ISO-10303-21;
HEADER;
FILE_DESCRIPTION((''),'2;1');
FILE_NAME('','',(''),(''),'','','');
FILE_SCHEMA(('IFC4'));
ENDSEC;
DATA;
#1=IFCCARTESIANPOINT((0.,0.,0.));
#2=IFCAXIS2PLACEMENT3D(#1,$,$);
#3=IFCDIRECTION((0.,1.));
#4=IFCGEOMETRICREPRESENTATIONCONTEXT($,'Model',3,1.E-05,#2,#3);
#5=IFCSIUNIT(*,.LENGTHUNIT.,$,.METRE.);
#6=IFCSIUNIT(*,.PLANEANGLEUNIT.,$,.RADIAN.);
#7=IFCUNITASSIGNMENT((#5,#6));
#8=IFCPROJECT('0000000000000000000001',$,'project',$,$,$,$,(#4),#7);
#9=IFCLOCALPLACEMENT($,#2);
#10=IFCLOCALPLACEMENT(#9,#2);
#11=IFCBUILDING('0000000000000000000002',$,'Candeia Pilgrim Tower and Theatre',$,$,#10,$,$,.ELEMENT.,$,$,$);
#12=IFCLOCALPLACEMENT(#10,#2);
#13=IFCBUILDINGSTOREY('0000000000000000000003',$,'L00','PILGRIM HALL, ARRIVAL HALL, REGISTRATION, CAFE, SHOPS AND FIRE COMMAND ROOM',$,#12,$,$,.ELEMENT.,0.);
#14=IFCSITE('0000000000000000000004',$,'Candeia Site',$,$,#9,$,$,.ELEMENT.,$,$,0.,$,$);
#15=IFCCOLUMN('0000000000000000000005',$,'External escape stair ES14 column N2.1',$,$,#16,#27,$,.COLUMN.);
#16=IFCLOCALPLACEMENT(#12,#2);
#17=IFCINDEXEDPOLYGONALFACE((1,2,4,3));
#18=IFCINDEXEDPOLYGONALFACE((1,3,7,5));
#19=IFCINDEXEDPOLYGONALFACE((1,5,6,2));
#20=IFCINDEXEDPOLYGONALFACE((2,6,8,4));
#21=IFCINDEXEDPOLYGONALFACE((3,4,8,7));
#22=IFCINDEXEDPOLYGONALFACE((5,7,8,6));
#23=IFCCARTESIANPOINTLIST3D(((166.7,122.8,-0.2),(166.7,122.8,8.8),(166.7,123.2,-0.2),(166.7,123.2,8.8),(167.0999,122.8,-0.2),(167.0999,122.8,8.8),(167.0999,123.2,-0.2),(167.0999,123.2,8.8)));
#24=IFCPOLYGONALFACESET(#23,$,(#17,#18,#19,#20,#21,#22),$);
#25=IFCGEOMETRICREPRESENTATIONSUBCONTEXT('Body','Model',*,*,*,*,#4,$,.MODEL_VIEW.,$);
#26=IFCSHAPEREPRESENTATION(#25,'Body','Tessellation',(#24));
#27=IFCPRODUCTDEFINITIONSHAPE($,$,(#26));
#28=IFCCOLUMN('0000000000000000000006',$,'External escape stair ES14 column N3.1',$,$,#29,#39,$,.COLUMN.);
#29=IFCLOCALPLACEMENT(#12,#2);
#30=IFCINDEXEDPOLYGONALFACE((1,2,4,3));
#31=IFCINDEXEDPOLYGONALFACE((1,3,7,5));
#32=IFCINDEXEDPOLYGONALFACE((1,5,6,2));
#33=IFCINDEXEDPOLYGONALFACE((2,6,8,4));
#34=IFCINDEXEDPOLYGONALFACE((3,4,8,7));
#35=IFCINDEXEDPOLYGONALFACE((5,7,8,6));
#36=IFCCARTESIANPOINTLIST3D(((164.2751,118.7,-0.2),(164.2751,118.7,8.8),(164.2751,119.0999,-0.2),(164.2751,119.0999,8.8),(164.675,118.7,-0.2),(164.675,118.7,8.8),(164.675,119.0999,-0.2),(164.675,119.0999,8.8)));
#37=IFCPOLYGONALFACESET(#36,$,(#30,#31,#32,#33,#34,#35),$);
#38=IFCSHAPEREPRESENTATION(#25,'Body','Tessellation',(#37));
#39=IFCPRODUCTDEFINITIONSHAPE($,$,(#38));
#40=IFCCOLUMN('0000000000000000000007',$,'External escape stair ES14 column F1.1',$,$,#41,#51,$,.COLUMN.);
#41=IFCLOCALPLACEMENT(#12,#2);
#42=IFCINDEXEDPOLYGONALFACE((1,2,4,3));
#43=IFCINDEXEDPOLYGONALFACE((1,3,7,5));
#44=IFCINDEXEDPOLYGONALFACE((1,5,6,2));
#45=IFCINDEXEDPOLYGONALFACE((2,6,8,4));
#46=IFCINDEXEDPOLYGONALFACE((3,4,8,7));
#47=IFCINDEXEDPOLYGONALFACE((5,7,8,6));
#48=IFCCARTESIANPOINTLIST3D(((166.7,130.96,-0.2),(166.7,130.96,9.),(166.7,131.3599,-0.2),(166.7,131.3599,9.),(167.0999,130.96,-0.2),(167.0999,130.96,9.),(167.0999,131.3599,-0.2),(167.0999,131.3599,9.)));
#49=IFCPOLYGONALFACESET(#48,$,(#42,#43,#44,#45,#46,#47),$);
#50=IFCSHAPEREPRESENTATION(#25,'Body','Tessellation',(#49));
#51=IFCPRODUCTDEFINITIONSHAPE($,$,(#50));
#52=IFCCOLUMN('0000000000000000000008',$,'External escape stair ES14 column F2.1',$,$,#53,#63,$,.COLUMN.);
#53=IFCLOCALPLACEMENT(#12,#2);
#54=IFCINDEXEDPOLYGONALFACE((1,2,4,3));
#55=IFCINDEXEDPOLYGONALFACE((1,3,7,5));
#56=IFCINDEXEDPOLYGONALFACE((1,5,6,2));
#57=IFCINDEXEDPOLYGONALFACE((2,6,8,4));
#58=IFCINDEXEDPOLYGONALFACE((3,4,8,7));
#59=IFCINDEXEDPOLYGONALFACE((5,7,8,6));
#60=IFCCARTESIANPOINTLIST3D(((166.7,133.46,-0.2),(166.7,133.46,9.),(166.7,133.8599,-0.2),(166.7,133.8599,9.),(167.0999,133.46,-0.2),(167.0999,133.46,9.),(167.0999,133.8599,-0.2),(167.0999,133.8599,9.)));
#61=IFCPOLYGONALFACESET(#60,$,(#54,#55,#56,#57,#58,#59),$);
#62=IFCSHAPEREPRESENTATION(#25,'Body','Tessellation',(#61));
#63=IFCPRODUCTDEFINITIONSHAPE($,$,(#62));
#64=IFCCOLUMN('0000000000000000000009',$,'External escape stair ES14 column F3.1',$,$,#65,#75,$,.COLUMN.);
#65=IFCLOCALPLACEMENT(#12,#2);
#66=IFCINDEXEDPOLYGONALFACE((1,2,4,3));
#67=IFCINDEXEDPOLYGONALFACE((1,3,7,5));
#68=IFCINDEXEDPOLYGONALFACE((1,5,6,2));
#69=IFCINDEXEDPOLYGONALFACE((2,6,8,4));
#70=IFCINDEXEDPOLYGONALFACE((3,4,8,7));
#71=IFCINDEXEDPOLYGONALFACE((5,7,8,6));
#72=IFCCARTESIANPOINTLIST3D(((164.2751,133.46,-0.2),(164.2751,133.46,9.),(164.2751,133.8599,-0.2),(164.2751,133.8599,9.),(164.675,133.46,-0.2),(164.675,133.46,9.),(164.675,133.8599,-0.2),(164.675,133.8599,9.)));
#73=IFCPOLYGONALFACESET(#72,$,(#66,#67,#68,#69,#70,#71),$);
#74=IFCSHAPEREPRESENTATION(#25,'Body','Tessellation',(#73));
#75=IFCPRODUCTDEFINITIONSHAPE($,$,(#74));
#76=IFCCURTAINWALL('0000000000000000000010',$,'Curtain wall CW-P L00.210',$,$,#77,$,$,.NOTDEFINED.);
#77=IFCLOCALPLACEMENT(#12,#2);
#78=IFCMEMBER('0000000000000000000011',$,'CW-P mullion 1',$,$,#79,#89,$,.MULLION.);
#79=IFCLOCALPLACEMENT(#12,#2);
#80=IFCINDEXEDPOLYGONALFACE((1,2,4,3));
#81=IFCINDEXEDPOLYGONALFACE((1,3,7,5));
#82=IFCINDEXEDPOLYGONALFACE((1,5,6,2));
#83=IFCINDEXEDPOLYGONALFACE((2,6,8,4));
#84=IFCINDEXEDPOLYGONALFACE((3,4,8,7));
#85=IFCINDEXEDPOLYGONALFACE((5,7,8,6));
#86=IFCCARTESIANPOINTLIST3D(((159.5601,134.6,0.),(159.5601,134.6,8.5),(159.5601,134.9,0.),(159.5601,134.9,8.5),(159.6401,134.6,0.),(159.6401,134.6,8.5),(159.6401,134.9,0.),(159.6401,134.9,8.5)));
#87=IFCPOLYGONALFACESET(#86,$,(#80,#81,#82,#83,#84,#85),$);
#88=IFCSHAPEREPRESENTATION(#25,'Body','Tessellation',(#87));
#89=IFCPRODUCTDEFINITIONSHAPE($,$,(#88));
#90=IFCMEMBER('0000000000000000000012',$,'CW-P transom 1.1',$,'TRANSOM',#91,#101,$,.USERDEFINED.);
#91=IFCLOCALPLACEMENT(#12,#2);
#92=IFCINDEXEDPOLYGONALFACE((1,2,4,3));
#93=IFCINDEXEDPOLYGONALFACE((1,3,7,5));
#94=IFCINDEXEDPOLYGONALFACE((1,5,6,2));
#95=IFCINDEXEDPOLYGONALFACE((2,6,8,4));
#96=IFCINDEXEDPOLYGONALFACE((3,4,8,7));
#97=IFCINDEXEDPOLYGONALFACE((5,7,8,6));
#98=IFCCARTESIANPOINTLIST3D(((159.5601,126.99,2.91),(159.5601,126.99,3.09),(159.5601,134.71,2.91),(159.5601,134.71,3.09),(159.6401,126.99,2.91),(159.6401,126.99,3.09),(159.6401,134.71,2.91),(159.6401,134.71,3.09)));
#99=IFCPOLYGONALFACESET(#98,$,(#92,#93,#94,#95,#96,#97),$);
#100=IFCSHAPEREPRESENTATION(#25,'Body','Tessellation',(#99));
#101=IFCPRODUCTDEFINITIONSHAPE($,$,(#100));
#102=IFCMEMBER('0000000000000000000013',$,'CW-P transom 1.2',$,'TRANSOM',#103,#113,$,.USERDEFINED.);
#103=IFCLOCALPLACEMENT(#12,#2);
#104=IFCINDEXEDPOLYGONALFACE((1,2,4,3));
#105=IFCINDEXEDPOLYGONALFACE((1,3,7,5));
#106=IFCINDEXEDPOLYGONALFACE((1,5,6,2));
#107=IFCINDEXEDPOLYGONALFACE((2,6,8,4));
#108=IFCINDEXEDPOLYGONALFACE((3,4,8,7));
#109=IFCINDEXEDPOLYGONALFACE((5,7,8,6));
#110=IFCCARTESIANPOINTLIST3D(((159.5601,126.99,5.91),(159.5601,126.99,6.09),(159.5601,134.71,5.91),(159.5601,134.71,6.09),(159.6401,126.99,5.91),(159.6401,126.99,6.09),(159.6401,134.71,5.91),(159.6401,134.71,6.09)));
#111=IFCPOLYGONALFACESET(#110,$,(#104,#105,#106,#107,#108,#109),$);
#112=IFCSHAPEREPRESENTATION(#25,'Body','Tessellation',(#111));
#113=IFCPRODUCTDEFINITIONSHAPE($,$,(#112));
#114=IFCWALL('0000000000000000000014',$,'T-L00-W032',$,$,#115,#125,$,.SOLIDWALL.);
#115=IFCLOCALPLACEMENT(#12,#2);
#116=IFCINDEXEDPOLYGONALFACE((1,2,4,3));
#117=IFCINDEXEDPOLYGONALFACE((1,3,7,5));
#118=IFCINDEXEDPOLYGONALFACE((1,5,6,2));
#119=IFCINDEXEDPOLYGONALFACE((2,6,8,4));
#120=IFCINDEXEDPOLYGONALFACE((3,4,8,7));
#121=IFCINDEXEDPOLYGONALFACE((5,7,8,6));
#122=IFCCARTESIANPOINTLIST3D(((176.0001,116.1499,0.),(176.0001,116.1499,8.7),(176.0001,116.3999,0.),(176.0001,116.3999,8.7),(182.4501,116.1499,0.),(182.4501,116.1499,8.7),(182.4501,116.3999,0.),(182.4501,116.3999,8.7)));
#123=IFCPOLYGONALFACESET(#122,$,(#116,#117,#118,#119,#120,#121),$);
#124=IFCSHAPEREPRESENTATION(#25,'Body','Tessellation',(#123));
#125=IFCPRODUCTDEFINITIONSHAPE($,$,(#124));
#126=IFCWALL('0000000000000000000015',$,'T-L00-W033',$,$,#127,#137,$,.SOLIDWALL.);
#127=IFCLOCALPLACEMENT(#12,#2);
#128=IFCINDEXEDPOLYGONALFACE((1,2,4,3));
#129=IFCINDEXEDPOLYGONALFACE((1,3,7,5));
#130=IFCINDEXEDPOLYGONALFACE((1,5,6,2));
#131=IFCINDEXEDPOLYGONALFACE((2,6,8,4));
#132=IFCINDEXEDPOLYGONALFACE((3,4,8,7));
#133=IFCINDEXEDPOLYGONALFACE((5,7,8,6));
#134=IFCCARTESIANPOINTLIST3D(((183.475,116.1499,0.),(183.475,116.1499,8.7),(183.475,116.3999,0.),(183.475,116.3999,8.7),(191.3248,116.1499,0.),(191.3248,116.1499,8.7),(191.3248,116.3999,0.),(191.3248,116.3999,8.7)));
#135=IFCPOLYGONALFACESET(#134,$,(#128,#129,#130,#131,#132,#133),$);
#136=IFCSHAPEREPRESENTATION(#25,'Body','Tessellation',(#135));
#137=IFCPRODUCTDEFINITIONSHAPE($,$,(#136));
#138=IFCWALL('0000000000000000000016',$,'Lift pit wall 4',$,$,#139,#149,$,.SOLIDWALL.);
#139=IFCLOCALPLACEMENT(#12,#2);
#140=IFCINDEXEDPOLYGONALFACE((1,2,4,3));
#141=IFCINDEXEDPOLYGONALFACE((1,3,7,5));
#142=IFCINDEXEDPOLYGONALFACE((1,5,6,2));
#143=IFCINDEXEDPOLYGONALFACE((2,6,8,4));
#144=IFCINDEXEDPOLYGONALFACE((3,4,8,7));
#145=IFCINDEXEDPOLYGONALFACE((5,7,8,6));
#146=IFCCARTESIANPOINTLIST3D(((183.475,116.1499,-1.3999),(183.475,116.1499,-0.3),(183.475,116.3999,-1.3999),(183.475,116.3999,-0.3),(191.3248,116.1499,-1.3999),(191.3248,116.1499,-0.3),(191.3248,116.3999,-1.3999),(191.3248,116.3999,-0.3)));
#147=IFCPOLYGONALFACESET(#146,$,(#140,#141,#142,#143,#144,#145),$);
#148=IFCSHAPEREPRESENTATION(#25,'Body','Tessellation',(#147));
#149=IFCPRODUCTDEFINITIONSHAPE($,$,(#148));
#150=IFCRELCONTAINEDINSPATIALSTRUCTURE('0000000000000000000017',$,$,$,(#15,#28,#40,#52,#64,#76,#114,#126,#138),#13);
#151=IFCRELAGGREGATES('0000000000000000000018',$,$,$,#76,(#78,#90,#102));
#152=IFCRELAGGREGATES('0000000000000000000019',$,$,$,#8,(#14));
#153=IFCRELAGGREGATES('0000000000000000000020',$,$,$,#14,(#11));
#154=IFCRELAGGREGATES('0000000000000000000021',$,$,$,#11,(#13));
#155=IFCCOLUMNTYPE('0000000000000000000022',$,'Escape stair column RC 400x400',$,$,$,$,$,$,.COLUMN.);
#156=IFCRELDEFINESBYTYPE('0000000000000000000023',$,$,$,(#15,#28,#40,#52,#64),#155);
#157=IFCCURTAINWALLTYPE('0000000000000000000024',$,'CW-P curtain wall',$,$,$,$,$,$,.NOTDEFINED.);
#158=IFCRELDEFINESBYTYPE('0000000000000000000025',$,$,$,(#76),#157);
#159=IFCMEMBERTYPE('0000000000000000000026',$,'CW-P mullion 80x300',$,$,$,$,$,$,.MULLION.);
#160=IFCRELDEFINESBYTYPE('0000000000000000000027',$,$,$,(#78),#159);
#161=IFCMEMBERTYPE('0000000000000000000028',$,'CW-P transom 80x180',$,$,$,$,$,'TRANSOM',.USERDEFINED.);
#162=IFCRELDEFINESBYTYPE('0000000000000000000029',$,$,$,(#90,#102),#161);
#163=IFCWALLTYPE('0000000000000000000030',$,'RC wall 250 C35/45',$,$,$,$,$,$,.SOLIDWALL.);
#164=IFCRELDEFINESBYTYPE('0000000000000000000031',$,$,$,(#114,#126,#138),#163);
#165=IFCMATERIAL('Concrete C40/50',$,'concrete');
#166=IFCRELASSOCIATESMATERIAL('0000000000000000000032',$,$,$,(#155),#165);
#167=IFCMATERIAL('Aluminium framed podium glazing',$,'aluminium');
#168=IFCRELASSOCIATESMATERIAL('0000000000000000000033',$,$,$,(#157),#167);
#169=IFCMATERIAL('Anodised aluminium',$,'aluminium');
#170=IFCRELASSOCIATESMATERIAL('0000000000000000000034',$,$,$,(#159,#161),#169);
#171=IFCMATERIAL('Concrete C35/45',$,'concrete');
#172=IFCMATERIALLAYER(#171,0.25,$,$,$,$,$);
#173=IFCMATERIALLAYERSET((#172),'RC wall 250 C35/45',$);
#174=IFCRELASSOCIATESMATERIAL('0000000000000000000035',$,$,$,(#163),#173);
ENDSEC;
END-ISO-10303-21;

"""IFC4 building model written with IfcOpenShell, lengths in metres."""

from ifc_helpers import new_model, si_unit, direction, frame, frame_2d, origin, origin_2d, place, context, subcontext, project, spatial, rectangle, extrude, material, layer, layer_set, material_profile, profile_set, type_object, element, aggregate, save


model = new_model("IFC4")

# Units and contexts
model_context = context("Model", 3, precision=1e-05, world=origin(), true_north=direction((0.0, 1.0)))
body_context = subcontext(model_context, "Body", "Model", "MODEL_VIEW")
ifc_project = project(units=[si_unit("LENGTHUNIT", "METRE"), si_unit("PLANEANGLEUNIT", "RADIAN")], contexts=[model_context])

# Site, building, storey
site_placement = place(None, origin())
site = spatial("IfcSite", under=ifc_project, at=site_placement, Name="Candeia Site", CompositionType="ELEMENT", RefElevation=0.0)
building_placement = place(site_placement, origin())
building = spatial("IfcBuilding", under=site, at=building_placement, Name="Candeia Pilgrim Tower and Theatre", CompositionType="ELEMENT")
storey_placement = place(building_placement, origin())
storey = spatial("IfcBuildingStorey", under=building, at=storey_placement, Name="L00", Description="PILGRIM HALL, ARRIVAL HALL, REGISTRATION, CAFE, SHOPS AND FIRE COMMAND ROOM", CompositionType="ELEMENT", Elevation=0.0)

# Shared definitions
ifc_material_1 = material(Name="Concrete C40/50", Category="concrete")
ifc_material_2 = material(Name="Concrete C35/45", Category="concrete")

# Columns
ifc_material_profile_1 = material_profile(ifc_material_1, rectangle(XDim=0.3999, YDim=0.3999, at=origin_2d()))
ifc_profile_set_1 = profile_set([ifc_material_profile_1], Name="Concrete C40/50")
column_type = type_object("IfcColumnType", Name="Escape stair column RC 400x400", PredefinedType="COLUMN", material=ifc_profile_set_1)
for number, where, z_axis, x_axis, name in (
    (1, (166.8999, 123.0, -0.2), (0.0, 0.0, 1.0), (1.0, 0.0, 0.0), "External escape stair ES14 column N2.1"),
    (2, (164.4751, 118.8999, -0.2), (0.0, 0.0, 1.0), (1.0, 0.0, 0.0), "External escape stair ES14 column N3.1"),
):
    element("IfcColumn", number, at=place(storey_placement, frame(where, z_axis=z_axis, x_axis=x_axis)), inside=storey, type_object=column_type, Name=name, PredefinedType="COLUMN", context=body_context, shape_type="SweptSolid", body=[
        extrude(rectangle(XDim=0.3999, YDim=0.3999, at=origin_2d()), origin(), (0.0, 0.0, 1.0), 9.0),
    ])
for number, where, z_axis, x_axis, name in (
    (3, (166.8999, 131.1599, -0.2), (0.0, 0.0, 1.0), (1.0, 0.0, 0.0), "External escape stair ES14 column F1.1"),
    (4, (166.8999, 133.6599, -0.2), (0.0, 0.0, 1.0), (1.0, 0.0, 0.0), "External escape stair ES14 column F2.1"),
    (5, (164.4751, 133.6599, -0.2), (0.0, 0.0, 1.0), (1.0, 0.0, 0.0), "External escape stair ES14 column F3.1"),
):
    element("IfcColumn", number, at=place(storey_placement, frame(where, z_axis=z_axis, x_axis=x_axis)), inside=storey, type_object=column_type, Name=name, PredefinedType="COLUMN", context=body_context, shape_type="SweptSolid", body=[
        extrude(rectangle(XDim=0.3999, YDim=0.3999, at=origin_2d()), origin(), (0.0, 0.0, 1.0), 9.2),
    ])

# Curtain wall, members
ifc_material_3 = material(Name="Aluminium framed podium glazing", Category="aluminium")
curtain_wall_type = type_object("IfcCurtainWallType", Name="CW-P curtain wall", PredefinedType="NOTDEFINED", material=ifc_material_3)
curtain_wall_placement = place(storey_placement, origin())
curtain_wall = element("IfcCurtainWall", 6, at=curtain_wall_placement, inside=storey, type_object=curtain_wall_type, Name="Curtain wall CW-P L00.210", PredefinedType="NOTDEFINED")
ifc_material_4 = material(Name="Anodised aluminium", Category="aluminium")
ifc_material_profile_2 = material_profile(ifc_material_4, rectangle(XDim=0.0801, YDim=0.3, at=origin_2d()))
ifc_profile_set_2 = profile_set([ifc_material_profile_2], Name="Anodised aluminium")
member_type_1 = type_object("IfcMemberType", Name="CW-P mullion 80x300", PredefinedType="MULLION", material=ifc_profile_set_2)
member_1_placement = place(storey_placement, frame((159.6001, 134.75, 0.0), z_axis=(0.0, 0.0, 1.0), x_axis=(1.0, 0.0, 0.0)))
member_1 = element("IfcMember", 7, at=member_1_placement, type_object=member_type_1, Name="CW-P mullion 1", PredefinedType="MULLION", context=body_context, shape_type="SweptSolid", body=[
    extrude(rectangle(XDim=0.0801, YDim=0.3, at=origin_2d()), origin(), (0.0, 0.0, 1.0), 8.5),
])
ifc_material_profile_3 = material_profile(ifc_material_4, rectangle(XDim=0.0801, YDim=0.1799, at=origin_2d()))
ifc_profile_set_3 = profile_set([ifc_material_profile_3], Name="Anodised aluminium")
member_type_2 = type_object("IfcMemberType", Name="CW-P transom 80x180", ElementType="TRANSOM", PredefinedType="USERDEFINED", material=ifc_profile_set_3)
member_2_placement = place(storey_placement, frame((159.6001, 134.71, 3.0), z_axis=(0.0, -1.0, 0.0), x_axis=(1.0, 0.0, 0.0)))
member_2 = element("IfcMember", 8, at=member_2_placement, type_object=member_type_2, Name="CW-P transom 1.1", ObjectType="TRANSOM", PredefinedType="USERDEFINED", context=body_context, shape_type="SweptSolid", body=[
    extrude(rectangle(XDim=0.0801, YDim=0.1799, at=origin_2d()), origin(), (0.0, 0.0, 1.0), 7.72),
])
member_3_placement = place(storey_placement, frame((159.6001, 134.71, 6.0), z_axis=(0.0, -1.0, 0.0), x_axis=(1.0, 0.0, 0.0)))
member_3 = element("IfcMember", 9, at=member_3_placement, type_object=member_type_2, Name="CW-P transom 1.2", ObjectType="TRANSOM", PredefinedType="USERDEFINED", context=body_context, shape_type="SweptSolid", body=[
    extrude(rectangle(XDim=0.0801, YDim=0.1799, at=origin_2d()), origin(), (0.0, 0.0, 1.0), 7.72),
])
aggregate(curtain_wall, [member_1, member_2, member_3])

# Walls
ifc_layer_1 = layer(ifc_material_2, 0.25)
ifc_layer_set_1 = layer_set([ifc_layer_1], Name="RC wall 250 C35/45")
wall_type_1 = type_object("IfcWallType", Name="RC wall 250 C35/45", PredefinedType="SOLIDWALL", material=ifc_layer_set_1)
wall_1_placement = place(storey_placement, frame((176.0, 116.2749, 0.0), z_axis=(0.0, 0.0, 1.0), x_axis=(1.0, 0.0, 0.0)))
element("IfcWall", 10, at=wall_1_placement, inside=storey, type_object=wall_type_1, Name="T-L00-W032", PredefinedType="SOLIDWALL", context=body_context, shape_type="SweptSolid", body=[
    extrude(rectangle(XDim=6.45, YDim=0.25, at=frame_2d((3.2251, 0.0))), origin(), (0.0, 0.0, 1.0), 8.7),
])
wall_2_placement = place(storey_placement, frame((183.4751, 116.2749, 0.0), z_axis=(0.0, 0.0, 1.0), x_axis=(1.0, 0.0, 0.0)))
element("IfcWall", 11, at=wall_2_placement, inside=storey, type_object=wall_type_1, Name="T-L00-W033", PredefinedType="SOLIDWALL", context=body_context, shape_type="SweptSolid", body=[
    extrude(rectangle(XDim=7.8499, YDim=0.25, at=frame_2d((3.9248, 0.0))), origin(), (0.0, 0.0, 1.0), 8.7),
])
wall_3_placement = place(storey_placement, frame((183.4751, 116.2749, -1.3999), z_axis=(0.0, 0.0, 1.0), x_axis=(1.0, 0.0, 0.0)))
element("IfcWall", 12, at=wall_3_placement, inside=storey, type_object=wall_type_1, Name="Lift pit wall 4", PredefinedType="SOLIDWALL", context=body_context, shape_type="SweptSolid", body=[
    extrude(rectangle(XDim=7.8499, YDim=0.25, at=frame_2d((3.9248, 0.0))), origin(), (0.0, 0.0, 1.0), 1.0999),
])

save(model, "model.ifc")
